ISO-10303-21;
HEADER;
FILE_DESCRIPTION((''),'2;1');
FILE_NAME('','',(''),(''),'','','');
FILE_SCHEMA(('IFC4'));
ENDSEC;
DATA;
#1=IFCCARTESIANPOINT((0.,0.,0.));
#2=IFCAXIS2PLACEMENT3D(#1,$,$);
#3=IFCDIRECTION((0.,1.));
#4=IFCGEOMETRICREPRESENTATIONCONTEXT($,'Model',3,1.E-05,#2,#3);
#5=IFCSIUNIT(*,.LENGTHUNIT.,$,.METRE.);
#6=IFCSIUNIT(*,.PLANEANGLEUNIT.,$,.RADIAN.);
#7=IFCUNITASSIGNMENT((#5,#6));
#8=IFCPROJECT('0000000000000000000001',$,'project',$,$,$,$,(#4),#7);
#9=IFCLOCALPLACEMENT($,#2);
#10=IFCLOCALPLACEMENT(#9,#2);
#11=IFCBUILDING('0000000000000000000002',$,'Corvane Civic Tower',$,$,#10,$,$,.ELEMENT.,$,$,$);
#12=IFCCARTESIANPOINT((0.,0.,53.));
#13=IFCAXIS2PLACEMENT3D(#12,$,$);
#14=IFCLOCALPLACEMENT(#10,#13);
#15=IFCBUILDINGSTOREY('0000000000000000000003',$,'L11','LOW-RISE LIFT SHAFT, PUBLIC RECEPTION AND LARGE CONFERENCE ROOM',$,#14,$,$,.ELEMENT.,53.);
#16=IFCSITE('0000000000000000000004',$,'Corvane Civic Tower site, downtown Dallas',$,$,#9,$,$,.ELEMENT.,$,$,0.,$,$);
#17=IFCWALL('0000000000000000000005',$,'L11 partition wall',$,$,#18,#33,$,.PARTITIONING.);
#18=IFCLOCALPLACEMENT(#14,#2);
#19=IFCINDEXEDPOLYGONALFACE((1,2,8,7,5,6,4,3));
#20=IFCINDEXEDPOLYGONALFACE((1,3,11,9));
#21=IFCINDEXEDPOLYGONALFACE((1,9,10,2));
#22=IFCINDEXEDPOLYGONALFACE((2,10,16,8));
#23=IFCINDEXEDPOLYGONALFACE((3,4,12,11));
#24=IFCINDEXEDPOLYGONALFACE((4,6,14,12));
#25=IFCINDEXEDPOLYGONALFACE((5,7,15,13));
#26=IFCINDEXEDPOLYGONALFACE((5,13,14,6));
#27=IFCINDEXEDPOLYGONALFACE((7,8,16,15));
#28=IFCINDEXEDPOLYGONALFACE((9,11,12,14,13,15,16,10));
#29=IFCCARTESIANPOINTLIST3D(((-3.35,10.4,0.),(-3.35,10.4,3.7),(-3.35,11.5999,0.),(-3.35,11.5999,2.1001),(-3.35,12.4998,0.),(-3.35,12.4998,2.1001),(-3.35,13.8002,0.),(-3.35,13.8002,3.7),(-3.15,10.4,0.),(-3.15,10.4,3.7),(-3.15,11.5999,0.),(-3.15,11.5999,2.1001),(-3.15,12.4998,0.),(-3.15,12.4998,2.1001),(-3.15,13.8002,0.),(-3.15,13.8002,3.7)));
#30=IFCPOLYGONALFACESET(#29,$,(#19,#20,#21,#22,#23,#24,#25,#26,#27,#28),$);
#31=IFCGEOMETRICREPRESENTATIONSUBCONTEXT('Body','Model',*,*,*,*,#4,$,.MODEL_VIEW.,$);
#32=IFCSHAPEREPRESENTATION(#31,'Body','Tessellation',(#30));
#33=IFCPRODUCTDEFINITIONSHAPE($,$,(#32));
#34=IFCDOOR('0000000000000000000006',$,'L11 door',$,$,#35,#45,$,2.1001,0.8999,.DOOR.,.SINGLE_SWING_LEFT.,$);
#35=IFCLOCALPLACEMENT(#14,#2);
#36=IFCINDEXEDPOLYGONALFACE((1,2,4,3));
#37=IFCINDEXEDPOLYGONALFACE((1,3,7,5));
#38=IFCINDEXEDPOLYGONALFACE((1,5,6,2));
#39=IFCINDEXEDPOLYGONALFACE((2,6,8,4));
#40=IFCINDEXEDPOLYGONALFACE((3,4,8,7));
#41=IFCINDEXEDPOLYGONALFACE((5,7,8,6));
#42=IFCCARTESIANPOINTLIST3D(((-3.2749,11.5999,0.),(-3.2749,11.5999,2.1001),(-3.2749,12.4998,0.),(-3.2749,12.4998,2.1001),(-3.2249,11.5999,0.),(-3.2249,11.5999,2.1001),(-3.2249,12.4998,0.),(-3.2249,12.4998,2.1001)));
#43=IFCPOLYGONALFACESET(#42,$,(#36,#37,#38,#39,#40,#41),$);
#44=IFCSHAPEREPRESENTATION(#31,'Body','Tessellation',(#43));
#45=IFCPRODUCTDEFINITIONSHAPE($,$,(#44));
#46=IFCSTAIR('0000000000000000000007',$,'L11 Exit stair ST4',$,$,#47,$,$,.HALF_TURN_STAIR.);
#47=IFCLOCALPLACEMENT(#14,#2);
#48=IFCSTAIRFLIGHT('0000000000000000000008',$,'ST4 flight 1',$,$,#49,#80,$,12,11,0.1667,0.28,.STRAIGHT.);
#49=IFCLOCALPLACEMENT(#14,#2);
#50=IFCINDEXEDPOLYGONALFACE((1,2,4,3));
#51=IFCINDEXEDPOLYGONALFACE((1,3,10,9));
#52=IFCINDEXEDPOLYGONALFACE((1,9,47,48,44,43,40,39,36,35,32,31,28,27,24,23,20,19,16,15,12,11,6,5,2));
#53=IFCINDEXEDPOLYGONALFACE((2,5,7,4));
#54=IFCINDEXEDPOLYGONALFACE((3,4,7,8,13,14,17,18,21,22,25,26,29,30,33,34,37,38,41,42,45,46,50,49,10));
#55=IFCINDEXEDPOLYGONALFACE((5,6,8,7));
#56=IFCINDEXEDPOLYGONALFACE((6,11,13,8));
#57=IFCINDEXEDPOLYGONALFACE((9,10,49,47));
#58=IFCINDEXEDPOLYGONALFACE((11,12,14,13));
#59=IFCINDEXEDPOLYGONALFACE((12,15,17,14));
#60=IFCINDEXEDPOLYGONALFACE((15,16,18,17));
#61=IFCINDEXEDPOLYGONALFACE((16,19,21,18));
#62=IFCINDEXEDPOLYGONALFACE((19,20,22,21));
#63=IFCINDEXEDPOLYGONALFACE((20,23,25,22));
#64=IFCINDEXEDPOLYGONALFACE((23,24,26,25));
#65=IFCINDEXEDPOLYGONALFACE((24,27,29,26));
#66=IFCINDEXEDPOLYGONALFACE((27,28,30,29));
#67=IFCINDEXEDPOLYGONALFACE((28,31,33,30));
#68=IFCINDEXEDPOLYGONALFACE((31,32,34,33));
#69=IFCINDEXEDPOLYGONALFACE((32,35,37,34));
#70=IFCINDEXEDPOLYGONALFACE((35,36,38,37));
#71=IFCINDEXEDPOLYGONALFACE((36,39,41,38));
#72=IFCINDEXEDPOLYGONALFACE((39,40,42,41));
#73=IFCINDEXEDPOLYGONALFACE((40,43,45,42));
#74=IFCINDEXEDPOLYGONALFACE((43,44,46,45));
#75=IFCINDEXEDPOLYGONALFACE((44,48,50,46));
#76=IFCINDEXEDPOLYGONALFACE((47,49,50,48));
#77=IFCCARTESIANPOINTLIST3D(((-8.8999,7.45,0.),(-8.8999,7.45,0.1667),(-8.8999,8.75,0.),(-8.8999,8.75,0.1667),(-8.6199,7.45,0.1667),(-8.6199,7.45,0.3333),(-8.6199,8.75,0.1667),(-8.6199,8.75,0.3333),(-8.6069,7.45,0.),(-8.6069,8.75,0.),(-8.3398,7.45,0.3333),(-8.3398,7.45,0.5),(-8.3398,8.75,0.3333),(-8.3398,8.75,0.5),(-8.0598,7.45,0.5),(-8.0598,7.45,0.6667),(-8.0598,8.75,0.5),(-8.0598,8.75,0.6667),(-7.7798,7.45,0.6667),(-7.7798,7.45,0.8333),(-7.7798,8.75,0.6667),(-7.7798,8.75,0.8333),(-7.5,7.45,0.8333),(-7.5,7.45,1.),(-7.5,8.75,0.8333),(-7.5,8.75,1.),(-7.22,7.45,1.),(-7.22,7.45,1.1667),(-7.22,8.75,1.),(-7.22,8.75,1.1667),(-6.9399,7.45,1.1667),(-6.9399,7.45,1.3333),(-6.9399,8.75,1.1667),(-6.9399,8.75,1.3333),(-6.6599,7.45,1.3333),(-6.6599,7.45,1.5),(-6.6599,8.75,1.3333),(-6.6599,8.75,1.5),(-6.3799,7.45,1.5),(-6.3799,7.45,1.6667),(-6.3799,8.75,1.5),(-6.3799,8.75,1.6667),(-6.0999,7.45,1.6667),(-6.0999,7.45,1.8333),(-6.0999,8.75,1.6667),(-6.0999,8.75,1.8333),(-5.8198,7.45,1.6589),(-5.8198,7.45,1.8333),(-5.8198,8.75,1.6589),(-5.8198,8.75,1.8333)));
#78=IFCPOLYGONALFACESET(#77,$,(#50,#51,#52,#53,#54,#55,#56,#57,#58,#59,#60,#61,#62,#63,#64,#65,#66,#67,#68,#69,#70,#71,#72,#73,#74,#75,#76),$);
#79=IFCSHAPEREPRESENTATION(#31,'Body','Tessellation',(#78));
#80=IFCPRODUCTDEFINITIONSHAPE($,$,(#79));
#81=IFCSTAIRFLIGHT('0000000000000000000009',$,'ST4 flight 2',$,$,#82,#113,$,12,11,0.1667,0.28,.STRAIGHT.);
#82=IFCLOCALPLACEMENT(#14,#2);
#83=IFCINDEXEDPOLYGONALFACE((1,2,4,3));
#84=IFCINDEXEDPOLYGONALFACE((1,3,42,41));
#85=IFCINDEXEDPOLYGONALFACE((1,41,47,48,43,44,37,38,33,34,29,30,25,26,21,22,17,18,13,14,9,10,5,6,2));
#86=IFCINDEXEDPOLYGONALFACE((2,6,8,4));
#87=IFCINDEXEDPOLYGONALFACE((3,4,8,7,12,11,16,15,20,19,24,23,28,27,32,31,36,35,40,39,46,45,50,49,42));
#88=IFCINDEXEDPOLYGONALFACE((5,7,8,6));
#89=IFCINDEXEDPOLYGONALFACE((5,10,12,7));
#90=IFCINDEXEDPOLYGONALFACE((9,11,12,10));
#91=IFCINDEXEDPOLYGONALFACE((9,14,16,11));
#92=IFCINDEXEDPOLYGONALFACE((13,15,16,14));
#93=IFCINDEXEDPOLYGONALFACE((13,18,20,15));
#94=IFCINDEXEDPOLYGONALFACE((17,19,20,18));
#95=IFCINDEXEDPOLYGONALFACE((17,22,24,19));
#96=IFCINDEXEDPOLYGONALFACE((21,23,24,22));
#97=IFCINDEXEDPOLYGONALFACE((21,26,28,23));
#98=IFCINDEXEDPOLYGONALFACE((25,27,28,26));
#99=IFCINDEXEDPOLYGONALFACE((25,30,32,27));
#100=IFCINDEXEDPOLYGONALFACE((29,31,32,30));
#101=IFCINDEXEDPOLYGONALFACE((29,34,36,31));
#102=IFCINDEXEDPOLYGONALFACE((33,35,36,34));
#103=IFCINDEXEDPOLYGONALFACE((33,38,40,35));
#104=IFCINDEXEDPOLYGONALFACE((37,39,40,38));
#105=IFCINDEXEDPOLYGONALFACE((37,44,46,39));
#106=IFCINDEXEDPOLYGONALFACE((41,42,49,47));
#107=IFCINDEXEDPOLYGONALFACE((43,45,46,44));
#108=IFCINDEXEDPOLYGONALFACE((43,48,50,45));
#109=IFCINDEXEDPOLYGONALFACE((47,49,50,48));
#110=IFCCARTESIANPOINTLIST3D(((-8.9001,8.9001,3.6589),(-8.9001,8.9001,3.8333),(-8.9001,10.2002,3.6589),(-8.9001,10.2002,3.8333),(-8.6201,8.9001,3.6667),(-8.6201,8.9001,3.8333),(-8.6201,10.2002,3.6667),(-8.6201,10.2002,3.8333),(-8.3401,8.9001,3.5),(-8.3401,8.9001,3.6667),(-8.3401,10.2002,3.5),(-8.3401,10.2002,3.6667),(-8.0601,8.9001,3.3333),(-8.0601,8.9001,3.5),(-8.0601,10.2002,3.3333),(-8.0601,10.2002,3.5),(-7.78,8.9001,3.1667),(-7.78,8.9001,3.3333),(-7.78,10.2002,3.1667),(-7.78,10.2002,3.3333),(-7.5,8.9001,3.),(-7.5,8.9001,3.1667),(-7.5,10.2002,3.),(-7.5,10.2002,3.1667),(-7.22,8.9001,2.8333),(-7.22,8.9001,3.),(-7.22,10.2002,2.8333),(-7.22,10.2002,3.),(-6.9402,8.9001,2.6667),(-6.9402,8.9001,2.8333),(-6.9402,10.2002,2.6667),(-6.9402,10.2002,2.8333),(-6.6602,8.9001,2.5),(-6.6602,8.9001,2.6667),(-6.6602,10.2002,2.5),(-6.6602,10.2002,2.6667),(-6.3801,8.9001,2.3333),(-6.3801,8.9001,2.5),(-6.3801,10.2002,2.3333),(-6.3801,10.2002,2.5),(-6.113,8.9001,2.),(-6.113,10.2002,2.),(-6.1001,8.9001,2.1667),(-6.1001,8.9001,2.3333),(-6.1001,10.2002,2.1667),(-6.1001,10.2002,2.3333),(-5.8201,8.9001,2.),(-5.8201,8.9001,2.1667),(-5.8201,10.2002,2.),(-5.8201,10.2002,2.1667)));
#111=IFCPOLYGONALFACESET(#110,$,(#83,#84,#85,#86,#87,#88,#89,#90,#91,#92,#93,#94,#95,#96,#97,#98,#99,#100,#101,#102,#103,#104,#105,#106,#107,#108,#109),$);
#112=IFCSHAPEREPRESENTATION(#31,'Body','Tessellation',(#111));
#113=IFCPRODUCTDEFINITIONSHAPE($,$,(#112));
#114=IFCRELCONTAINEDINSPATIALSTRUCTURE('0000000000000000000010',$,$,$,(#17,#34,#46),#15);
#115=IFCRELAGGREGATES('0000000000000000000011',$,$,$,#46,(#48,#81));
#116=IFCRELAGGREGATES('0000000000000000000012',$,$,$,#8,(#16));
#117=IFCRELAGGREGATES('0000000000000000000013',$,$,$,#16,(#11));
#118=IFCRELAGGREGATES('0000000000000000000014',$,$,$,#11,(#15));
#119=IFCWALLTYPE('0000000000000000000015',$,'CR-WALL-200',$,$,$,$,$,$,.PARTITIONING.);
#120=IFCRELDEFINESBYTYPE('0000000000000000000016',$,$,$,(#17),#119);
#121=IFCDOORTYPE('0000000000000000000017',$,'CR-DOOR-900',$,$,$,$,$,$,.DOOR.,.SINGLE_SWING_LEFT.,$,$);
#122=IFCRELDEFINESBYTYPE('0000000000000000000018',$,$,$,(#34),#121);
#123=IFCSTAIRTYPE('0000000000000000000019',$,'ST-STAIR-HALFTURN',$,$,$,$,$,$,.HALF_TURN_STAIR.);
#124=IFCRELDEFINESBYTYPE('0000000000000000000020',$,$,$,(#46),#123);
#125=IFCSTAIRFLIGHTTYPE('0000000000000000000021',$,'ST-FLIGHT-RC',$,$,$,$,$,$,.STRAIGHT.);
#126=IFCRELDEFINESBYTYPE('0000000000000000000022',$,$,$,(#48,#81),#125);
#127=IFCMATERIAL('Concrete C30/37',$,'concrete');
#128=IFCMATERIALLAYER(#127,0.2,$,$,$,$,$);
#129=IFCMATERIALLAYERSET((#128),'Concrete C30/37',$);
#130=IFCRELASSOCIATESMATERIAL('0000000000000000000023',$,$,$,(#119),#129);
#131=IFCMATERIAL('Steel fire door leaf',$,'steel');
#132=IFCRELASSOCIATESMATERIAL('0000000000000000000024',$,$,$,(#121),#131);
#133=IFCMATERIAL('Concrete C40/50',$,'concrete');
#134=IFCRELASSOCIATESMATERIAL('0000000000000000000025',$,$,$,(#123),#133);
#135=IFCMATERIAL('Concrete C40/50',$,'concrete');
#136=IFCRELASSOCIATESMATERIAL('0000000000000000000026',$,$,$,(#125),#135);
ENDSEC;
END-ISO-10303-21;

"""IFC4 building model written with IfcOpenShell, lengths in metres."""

from ifc_helpers import new_model, si_unit, direction, frame, frame_2d, origin, place, context, subcontext, project, spatial, polyline, rectangle, outline, extrude, material, layer, layer_set, type_object, element, fill, aggregate, save


model = new_model("IFC4")

# Units and contexts
model_context = context("Model", 3, precision=1e-05, world=origin(), true_north=direction((0.0, 1.0)))
body_context = subcontext(model_context, "Body", "Model", "MODEL_VIEW")
ifc_project = project(units=[si_unit("LENGTHUNIT", "METRE"), si_unit("PLANEANGLEUNIT", "RADIAN")], contexts=[model_context])

# Site, building, storey
site_placement = place(None, origin())
site = spatial("IfcSite", under=ifc_project, at=site_placement, Name="Corvane Civic Tower site, downtown Dallas", CompositionType="ELEMENT", RefElevation=0.0)
building_placement = place(site_placement, origin())
building = spatial("IfcBuilding", under=site, at=building_placement, Name="Corvane Civic Tower", CompositionType="ELEMENT")
storey_placement = place(building_placement, frame((0.0, 0.0, 53.0)))
storey = spatial("IfcBuildingStorey", under=building, at=storey_placement, Name="L11", Description="LOW-RISE LIFT SHAFT, PUBLIC RECEPTION AND LARGE CONFERENCE ROOM", CompositionType="ELEMENT", Elevation=53.0)

# Wall, opening, door
ifc_material_1 = material(Name="Concrete C30/37", Category="concrete")
ifc_layer_1 = layer(ifc_material_1, 0.2)
ifc_layer_set_1 = layer_set([ifc_layer_1], Name="Concrete C30/37")
wall_type = type_object("IfcWallType", Name="CR-WALL-200", PredefinedType="PARTITIONING", material=ifc_layer_set_1)
ifc_material_2 = material(Name="Steel fire door leaf", Category="steel")
door_type_1 = type_object("IfcDoorType", Name="CR-DOOR-900", OperationType="SINGLE_SWING_LEFT", PredefinedType="DOOR", material=ifc_material_2)
wall_1_placement = place(storey_placement, frame((-3.25, 10.3999, 0.0), z_axis=(0.0, 0.0, 1.0), x_axis=(0.0, 1.0, 0.0)))
wall_1 = element("IfcWall", 1, at=wall_1_placement, inside=storey, type_object=wall_type, Name="L11 partition wall", PredefinedType="PARTITIONING", context=body_context, shape_type="SweptSolid", body=[
    extrude(rectangle(XDim=3.4001, YDim=0.2, at=frame_2d((1.7002, 0.0))), origin(), (0.0, 0.0, 1.0), 3.7),
])
opening_1_placement = place(wall_1_placement, frame((1.2, 0.0, 0.0)))
opening_1 = element("IfcOpeningElement", 2, at=opening_1_placement, cuts=wall_1, PredefinedType="OPENING", context=body_context, shape_type="SweptSolid", body=[
    extrude(rectangle(XDim=0.8999, YDim=2.1001, at=frame_2d((0.45, 1.05))), frame((0.0, 0.1099, 0.0), z_axis=(0.0, -1.0, 0.0), x_axis=(1.0, 0.0, 0.0)), (0.0, 0.0, 1.0), 0.22),
])
door_1_placement = place(opening_1_placement, origin())
door_1 = element("IfcDoor", 3, at=door_1_placement, inside=storey, type_object=door_type_1, Name="L11 door", OperationType="SINGLE_SWING_LEFT", OverallHeight=2.1001, OverallWidth=0.8999, PredefinedType="DOOR", context=body_context, shape_type="SweptSolid", body=[
    extrude(rectangle(XDim=0.8999, YDim=2.1001, at=frame_2d((0.45, 1.05))), frame((0.0, 0.0249, 0.0), z_axis=(0.0, -1.0, 0.0), x_axis=(1.0, 0.0, 0.0)), (0.0, 0.0, 1.0), 0.05),
])
fill(opening_1, door_1)

# Stair, stair flights
ifc_material_3 = material(Name="Concrete C40/50", Category="concrete")
stair_type = type_object("IfcStairType", Name="ST-STAIR-HALFTURN", PredefinedType="HALF_TURN_STAIR", material=ifc_material_3)
stair_placement = place(storey_placement, origin())
stair = element("IfcStair", 4, at=stair_placement, inside=storey, type_object=stair_type, Name="L11 Exit stair ST4", PredefinedType="HALF_TURN_STAIR")
ifc_material_4 = material(Name="Concrete C40/50", Category="concrete")
stair_flight_type = type_object("IfcStairFlightType", Name="ST-FLIGHT-RC", PredefinedType="STRAIGHT", material=ifc_material_4)
stair_flight_1_placement = place(storey_placement, frame((-8.8999, 8.1001, 0.0), z_axis=(0.0, 0.0, 1.0), x_axis=(1.0, 0.0, 0.0)))
stair_flight_1 = element("IfcStairFlight", 5, at=stair_flight_1_placement, type_object=stair_flight_type, Name="ST4 flight 1", NumberOfRisers=12, NumberOfTreads=11, PredefinedType="STRAIGHT", RiserHeight=0.1667, TreadLength=0.28, context=body_context, shape_type="SweptSolid", body=[
    extrude(outline(polyline([(0.0, 0.0), (0.0, 0.1667), (0.28, 0.1667), (0.28, 0.3333), (0.5601, 0.3333), (0.5601, 0.5), (0.8401, 0.5), (0.8401, 0.6667), (1.1201, 0.6667), (1.1201, 0.8333), (1.3999, 0.8333), (1.3999, 1.0), (1.6799, 1.0), (1.6799, 1.1667), (1.96, 1.1667), (1.96, 1.3333), (2.24, 1.3333), (2.24, 1.5), (2.52, 1.5), (2.52, 1.6667), (2.8, 1.6667), (2.8, 1.8333), (3.0801, 1.8333), (3.0801, 2.0), (3.0801, 1.6589), (0.293, 0.0), (0.0, 0.0)])), frame((0.0, 0.6499, 0.0), z_axis=(0.0, -1.0, 0.0), x_axis=(1.0, 0.0, 0.0)), (0.0, 0.0, 1.0), 1.3),
])
stair_flight_2_placement = place(storey_placement, frame((-5.8201, 9.55, 2.0), z_axis=(0.0, 0.0, 1.0), x_axis=(-1.0, 0.0, 0.0)))
stair_flight_2 = element("IfcStairFlight", 6, at=stair_flight_2_placement, type_object=stair_flight_type, Name="ST4 flight 2", NumberOfRisers=12, NumberOfTreads=11, PredefinedType="STRAIGHT", RiserHeight=0.1667, TreadLength=0.28, context=body_context, shape_type="SweptSolid", body=[
    extrude(outline(polyline([(0.0, 0.0), (0.0, 0.1667), (0.28, 0.1667), (0.28, 0.3333), (0.5601, 0.3333), (0.5601, 0.5), (0.8401, 0.5), (0.8401, 0.6667), (1.1201, 0.6667), (1.1201, 0.8333), (1.3999, 0.8333), (1.3999, 1.0), (1.6799, 1.0), (1.6799, 1.1667), (1.96, 1.1667), (1.96, 1.3333), (2.24, 1.3333), (2.24, 1.5), (2.52, 1.5), (2.52, 1.6667), (2.8, 1.6667), (2.8, 1.8333), (3.0801, 1.8333), (3.0801, 2.0), (3.0801, 1.6589), (0.293, 0.0), (0.0, 0.0)])), frame((0.0, 0.6499, 0.0), z_axis=(0.0, -1.0, 0.0), x_axis=(1.0, 0.0, 0.0)), (0.0, 0.0, 1.0), 1.3),
])
aggregate(stair, [stair_flight_1, stair_flight_2])

save(model, "model.ifc")
